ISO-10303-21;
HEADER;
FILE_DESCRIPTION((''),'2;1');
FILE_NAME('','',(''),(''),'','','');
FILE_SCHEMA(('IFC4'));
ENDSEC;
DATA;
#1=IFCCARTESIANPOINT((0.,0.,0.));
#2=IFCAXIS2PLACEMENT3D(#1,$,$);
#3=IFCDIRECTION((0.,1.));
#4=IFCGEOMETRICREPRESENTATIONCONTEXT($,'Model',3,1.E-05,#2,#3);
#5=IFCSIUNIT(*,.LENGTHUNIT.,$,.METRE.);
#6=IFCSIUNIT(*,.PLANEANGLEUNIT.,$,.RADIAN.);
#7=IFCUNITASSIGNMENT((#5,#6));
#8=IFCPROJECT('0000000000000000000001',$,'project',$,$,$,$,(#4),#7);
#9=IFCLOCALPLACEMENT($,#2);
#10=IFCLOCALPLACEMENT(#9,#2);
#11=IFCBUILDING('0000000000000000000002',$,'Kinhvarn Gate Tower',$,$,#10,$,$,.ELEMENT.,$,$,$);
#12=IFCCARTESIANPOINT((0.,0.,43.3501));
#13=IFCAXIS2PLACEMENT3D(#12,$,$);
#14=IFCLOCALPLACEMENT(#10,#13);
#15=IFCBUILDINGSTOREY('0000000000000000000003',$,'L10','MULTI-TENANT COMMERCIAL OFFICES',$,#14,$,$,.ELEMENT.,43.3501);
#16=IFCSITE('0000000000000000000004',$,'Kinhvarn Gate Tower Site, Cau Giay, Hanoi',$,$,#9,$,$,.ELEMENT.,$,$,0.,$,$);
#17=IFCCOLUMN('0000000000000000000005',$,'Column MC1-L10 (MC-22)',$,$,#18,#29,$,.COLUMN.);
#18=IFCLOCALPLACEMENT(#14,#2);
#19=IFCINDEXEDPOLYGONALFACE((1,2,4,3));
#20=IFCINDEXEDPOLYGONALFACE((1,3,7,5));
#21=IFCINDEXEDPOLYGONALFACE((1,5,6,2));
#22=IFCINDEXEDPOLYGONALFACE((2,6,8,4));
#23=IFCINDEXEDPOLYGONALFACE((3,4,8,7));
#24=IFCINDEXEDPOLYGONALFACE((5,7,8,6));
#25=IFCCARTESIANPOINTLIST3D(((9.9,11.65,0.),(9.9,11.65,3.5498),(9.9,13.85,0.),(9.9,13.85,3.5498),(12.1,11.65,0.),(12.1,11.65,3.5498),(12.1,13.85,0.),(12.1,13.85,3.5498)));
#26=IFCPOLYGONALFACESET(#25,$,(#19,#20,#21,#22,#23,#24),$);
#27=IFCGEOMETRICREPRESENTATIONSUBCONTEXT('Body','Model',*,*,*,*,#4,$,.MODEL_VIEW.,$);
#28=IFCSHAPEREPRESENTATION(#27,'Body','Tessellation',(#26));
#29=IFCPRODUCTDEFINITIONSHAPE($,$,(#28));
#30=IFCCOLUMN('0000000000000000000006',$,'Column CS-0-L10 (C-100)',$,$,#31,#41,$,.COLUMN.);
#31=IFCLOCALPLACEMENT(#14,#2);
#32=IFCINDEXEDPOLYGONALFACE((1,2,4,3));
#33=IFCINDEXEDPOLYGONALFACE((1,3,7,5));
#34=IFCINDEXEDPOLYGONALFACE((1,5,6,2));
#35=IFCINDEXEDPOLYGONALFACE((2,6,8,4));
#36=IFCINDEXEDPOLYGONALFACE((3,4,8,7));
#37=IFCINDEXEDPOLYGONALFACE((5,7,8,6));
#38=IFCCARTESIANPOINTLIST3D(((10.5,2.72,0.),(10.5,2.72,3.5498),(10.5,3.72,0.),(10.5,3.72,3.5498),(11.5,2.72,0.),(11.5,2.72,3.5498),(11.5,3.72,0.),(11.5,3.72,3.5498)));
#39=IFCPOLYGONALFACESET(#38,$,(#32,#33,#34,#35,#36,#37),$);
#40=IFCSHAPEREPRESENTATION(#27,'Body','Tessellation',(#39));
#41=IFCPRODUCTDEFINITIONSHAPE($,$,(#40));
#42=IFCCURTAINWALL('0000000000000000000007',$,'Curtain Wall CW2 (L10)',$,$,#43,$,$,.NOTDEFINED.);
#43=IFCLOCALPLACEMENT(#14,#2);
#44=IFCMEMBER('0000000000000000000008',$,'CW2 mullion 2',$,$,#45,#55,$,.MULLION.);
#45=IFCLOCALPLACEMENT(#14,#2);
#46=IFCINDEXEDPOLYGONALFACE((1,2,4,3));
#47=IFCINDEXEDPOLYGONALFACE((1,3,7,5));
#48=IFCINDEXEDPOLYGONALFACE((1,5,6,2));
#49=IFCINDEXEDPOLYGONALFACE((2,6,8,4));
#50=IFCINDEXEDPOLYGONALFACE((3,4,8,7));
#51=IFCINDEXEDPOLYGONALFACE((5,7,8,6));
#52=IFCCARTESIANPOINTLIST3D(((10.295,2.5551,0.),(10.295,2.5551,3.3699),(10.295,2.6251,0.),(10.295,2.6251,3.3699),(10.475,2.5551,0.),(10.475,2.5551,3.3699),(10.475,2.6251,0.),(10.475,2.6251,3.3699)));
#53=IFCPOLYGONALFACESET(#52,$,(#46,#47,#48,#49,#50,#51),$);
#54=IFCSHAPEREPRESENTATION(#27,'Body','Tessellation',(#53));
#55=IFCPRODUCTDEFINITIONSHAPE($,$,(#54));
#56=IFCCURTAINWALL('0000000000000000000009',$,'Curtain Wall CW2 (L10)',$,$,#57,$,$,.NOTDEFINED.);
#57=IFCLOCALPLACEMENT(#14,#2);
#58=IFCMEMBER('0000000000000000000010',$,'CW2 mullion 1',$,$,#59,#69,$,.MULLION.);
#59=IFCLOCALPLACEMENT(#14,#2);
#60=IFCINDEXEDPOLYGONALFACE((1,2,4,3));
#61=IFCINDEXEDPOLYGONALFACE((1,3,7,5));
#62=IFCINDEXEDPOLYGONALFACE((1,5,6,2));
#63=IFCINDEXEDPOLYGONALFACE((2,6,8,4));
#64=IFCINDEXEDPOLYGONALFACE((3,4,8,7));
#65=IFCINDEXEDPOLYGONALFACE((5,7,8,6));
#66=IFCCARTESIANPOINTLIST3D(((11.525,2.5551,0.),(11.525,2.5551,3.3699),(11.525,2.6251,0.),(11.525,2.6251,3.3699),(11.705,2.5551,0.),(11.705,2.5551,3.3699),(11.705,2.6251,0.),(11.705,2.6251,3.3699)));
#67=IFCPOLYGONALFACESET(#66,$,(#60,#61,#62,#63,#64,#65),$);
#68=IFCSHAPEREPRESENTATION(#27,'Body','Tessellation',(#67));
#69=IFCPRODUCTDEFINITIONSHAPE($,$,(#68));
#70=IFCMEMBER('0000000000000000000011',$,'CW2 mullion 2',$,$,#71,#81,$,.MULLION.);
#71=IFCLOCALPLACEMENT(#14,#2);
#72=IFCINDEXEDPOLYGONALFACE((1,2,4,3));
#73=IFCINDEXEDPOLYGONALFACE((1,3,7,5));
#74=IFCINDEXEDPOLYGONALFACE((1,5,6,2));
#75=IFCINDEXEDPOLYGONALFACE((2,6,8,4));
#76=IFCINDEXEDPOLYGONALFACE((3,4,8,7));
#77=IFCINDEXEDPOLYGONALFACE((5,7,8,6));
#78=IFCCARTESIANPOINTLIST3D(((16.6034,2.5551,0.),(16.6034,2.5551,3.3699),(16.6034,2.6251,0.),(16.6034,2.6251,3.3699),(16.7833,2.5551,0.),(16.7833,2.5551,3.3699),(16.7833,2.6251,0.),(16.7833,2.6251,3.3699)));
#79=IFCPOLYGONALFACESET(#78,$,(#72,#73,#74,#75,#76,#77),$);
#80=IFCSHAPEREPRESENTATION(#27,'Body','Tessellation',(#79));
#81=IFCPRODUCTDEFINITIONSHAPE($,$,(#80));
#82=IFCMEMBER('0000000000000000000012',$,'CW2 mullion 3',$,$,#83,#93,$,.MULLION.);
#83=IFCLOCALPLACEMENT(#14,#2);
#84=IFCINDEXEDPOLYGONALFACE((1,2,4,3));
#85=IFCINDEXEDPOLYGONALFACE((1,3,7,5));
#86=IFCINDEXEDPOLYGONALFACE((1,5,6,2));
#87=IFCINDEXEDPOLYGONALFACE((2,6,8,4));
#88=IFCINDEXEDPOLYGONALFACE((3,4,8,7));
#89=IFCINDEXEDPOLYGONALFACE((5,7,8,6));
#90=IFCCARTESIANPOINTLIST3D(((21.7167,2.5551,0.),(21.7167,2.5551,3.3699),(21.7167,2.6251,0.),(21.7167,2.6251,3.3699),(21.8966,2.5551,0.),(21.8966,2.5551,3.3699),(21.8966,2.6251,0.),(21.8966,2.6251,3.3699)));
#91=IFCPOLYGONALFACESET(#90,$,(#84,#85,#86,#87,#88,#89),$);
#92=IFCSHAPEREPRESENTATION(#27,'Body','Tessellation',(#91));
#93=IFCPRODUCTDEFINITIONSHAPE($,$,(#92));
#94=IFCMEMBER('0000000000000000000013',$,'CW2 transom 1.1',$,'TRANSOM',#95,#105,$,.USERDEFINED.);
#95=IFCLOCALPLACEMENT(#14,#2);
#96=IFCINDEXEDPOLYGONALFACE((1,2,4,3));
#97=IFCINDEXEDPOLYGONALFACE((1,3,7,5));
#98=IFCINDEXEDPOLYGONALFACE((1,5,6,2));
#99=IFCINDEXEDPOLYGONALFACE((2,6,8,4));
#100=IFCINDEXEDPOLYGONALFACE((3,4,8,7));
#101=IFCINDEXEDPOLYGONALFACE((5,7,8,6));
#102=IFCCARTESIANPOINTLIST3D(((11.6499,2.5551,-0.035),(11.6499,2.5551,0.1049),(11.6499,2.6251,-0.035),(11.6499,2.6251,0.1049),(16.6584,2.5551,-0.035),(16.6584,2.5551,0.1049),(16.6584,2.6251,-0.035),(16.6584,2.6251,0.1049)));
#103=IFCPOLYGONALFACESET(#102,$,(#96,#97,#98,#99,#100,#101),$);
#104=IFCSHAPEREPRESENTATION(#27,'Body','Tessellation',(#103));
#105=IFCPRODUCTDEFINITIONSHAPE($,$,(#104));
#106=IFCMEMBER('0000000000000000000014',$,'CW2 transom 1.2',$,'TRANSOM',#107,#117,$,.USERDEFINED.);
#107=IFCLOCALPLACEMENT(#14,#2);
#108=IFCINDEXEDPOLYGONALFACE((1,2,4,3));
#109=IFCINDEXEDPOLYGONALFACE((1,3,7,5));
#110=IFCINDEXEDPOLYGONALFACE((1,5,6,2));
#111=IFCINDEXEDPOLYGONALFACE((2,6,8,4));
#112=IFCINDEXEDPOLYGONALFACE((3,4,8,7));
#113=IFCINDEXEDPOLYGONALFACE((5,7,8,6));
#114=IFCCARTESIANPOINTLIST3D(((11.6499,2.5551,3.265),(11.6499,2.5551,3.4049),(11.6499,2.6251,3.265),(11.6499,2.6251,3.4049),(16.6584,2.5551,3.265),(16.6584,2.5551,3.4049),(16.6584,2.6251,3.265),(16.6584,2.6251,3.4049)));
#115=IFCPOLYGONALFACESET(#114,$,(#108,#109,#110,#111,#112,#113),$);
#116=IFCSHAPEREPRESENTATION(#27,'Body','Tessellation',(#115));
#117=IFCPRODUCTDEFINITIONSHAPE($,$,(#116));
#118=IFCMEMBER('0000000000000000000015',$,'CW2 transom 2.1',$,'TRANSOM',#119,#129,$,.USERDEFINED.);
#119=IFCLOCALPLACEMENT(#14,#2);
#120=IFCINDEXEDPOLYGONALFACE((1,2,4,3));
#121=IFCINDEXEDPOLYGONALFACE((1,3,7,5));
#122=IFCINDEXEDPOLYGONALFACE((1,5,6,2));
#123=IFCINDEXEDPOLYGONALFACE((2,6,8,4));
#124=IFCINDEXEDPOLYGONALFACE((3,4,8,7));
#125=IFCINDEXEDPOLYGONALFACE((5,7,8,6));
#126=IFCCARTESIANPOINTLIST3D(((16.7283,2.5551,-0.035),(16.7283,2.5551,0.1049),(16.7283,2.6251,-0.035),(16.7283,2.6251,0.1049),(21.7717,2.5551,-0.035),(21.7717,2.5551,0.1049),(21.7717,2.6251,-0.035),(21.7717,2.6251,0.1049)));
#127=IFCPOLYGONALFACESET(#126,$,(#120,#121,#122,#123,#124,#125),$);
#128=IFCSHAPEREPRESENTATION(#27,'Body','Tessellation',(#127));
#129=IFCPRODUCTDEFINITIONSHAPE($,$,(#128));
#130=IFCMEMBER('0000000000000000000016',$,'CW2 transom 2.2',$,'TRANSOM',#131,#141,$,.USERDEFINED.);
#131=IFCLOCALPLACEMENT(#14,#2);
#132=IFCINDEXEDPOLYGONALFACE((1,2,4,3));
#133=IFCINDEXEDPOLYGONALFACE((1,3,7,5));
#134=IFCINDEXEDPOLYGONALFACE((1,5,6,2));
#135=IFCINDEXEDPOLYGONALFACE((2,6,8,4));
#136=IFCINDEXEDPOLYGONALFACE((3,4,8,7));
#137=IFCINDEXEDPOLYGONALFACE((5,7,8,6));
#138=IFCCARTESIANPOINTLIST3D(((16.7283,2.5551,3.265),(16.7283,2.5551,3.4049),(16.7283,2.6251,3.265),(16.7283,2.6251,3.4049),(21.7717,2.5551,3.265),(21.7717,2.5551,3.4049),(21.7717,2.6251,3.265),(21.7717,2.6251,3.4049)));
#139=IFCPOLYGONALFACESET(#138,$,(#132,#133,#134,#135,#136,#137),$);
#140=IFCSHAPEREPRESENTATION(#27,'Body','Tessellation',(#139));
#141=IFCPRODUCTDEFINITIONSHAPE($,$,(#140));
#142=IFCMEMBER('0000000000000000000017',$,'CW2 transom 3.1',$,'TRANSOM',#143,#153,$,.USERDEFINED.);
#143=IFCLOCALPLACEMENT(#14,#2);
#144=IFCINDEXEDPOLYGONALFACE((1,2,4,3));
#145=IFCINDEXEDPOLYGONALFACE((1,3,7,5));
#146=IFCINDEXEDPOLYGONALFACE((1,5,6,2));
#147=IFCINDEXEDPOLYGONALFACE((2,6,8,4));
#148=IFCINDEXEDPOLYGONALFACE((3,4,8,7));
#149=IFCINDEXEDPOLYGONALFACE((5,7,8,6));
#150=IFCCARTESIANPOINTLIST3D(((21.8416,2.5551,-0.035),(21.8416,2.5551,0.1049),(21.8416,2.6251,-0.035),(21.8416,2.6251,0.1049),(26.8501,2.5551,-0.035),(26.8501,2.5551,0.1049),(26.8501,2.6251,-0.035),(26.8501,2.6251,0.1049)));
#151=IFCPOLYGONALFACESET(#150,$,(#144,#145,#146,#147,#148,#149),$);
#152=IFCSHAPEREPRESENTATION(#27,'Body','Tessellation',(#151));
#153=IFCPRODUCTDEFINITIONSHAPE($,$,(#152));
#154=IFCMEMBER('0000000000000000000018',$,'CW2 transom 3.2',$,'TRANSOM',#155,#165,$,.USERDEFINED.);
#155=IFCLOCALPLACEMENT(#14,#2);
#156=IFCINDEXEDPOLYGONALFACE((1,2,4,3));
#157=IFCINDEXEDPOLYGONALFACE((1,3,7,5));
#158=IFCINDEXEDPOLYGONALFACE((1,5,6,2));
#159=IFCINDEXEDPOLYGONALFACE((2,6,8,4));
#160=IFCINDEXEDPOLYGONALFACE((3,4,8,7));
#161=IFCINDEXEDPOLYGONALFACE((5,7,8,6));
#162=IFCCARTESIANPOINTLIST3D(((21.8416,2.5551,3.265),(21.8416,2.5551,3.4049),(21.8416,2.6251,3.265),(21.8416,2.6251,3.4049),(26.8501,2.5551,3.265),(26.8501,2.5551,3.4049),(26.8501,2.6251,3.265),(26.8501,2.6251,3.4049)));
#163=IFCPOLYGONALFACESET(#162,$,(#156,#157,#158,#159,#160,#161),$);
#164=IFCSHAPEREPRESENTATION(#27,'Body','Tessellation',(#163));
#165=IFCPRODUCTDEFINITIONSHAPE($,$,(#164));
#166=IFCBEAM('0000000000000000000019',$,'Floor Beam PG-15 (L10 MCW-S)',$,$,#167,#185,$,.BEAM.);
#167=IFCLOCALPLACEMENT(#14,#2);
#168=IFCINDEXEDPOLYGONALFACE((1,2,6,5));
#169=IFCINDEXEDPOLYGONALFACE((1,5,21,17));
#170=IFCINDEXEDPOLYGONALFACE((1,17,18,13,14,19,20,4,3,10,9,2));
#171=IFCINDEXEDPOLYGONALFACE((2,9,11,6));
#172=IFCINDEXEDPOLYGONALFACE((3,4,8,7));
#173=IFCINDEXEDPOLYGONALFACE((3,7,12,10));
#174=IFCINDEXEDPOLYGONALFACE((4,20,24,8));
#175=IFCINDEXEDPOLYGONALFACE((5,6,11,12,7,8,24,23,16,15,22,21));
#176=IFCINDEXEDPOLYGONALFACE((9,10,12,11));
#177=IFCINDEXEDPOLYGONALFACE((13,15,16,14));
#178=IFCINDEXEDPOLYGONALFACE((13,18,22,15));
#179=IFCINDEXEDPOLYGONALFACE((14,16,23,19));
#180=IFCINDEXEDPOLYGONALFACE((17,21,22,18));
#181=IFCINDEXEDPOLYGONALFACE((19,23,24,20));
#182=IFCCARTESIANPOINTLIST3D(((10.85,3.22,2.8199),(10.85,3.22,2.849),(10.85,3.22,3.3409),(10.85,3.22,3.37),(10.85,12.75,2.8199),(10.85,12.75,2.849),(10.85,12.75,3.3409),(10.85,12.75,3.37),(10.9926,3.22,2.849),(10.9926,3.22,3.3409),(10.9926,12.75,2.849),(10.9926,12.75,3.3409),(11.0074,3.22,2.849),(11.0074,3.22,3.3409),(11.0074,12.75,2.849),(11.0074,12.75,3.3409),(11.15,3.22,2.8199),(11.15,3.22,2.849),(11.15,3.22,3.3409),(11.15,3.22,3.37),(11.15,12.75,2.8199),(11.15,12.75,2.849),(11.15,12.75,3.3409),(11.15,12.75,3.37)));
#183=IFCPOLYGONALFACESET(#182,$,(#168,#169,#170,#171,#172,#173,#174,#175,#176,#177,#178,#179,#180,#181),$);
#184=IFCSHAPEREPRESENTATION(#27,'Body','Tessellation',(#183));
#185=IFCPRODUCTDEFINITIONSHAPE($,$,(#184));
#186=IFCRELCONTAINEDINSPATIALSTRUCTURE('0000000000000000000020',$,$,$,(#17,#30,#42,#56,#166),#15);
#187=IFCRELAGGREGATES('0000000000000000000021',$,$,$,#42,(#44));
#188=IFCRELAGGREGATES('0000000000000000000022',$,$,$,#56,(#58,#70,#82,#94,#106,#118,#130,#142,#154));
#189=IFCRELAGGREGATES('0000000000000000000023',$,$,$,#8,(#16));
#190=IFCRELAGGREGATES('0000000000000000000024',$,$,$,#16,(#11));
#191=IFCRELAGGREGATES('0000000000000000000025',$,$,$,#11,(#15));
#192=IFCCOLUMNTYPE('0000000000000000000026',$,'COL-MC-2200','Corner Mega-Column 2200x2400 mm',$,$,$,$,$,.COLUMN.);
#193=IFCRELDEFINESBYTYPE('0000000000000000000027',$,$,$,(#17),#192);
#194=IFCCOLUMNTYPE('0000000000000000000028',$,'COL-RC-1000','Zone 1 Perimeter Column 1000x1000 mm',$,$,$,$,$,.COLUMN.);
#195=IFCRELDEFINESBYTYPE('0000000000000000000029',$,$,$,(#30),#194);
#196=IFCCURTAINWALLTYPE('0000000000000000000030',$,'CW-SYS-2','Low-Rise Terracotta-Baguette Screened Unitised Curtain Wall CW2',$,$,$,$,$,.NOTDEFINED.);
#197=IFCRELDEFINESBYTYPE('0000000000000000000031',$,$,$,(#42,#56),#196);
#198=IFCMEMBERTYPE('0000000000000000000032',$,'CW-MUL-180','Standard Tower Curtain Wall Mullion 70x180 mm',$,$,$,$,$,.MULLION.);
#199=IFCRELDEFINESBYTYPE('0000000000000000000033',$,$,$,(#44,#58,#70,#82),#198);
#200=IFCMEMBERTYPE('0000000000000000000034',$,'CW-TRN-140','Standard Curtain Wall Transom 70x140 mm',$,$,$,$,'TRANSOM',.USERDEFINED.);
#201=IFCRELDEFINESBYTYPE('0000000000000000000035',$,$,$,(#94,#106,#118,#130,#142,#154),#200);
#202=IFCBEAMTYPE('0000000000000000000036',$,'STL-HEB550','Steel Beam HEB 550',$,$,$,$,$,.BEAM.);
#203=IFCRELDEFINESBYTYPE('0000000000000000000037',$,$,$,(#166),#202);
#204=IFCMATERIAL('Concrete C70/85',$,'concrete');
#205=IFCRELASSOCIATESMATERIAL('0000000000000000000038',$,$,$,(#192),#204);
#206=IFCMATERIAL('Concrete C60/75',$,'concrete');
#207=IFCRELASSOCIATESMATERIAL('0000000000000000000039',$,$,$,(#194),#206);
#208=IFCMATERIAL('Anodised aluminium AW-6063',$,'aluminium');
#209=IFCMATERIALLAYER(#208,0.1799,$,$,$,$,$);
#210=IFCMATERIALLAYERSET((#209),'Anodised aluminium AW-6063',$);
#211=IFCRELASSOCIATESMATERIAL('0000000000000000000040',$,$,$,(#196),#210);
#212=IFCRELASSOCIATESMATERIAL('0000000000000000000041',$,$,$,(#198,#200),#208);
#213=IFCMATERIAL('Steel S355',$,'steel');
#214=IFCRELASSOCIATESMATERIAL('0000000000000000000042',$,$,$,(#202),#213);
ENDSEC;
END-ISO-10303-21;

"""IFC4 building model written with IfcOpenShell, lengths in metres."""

from ifc_helpers import new_model, si_unit, direction, frame, origin, origin_2d, place, context, subcontext, project, spatial, rectangle, i_section, extrude, material, layer, layer_set, material_profile, profile_set, type_object, element, aggregate, save


model = new_model("IFC4")

# Units and contexts
model_context = context("Model", 3, precision=1e-05, world=origin(), true_north=direction((0.0, 1.0)))
body_context = subcontext(model_context, "Body", "Model", "MODEL_VIEW")
ifc_project = project(units=[si_unit("LENGTHUNIT", "METRE"), si_unit("PLANEANGLEUNIT", "RADIAN")], contexts=[model_context])

# Site, building, storey
site_placement = place(None, origin())
site = spatial("IfcSite", under=ifc_project, at=site_placement, Name="Kinhvarn Gate Tower Site, Cau Giay, Hanoi", CompositionType="ELEMENT", RefElevation=0.0)
building_placement = place(site_placement, origin())
building = spatial("IfcBuilding", under=site, at=building_placement, Name="Kinhvarn Gate Tower", CompositionType="ELEMENT")
storey_placement = place(building_placement, frame((0.0, 0.0, 43.3501)))
storey = spatial("IfcBuildingStorey", under=building, at=storey_placement, Name="L10", Description="MULTI-TENANT COMMERCIAL OFFICES", CompositionType="ELEMENT", Elevation=43.3501)

# Columns
ifc_material_1 = material(Name="Concrete C70/85", Category="concrete")
ifc_material_profile_1 = material_profile(ifc_material_1, rectangle(XDim=2.2, YDim=2.2, at=origin_2d()), Name="RC 2200x2200")
ifc_profile_set_1 = profile_set([ifc_material_profile_1], Name="Concrete C70/85")
column_type_1 = type_object("IfcColumnType", Name="COL-MC-2200", Description="Corner Mega-Column 2200x2400 mm", PredefinedType="COLUMN", material=ifc_profile_set_1)
column_1_placement = place(storey_placement, frame((11.0, 12.75, 0.0), z_axis=(0.0, 0.0, 1.0), x_axis=(1.0, 0.0, 0.0)))
element("IfcColumn", 1, at=column_1_placement, inside=storey, type_object=column_type_1, Name="Column MC1-L10 (MC-22)", PredefinedType="COLUMN", context=body_context, shape_type="SweptSolid", body=[
    extrude(rectangle(XDim=2.2, YDim=2.2, at=origin_2d()), origin(), (0.0, 0.0, 1.0), 3.5498),
])
ifc_material_2 = material(Name="Concrete C60/75", Category="concrete")
ifc_material_profile_2 = material_profile(ifc_material_2, rectangle(XDim=1.0, YDim=1.0, at=origin_2d()), Name="RC 1000x1000")
ifc_profile_set_2 = profile_set([ifc_material_profile_2], Name="Concrete C60/75")
column_type_2 = type_object("IfcColumnType", Name="COL-RC-1000", Description="Zone 1 Perimeter Column 1000x1000 mm", PredefinedType="COLUMN", material=ifc_profile_set_2)
column_2_placement = place(storey_placement, frame((11.0, 3.22, 0.0), z_axis=(0.0, 0.0, 1.0), x_axis=(1.0, 0.0, 0.0)))
element("IfcColumn", 2, at=column_2_placement, inside=storey, type_object=column_type_2, Name="Column CS-0-L10 (C-100)", PredefinedType="COLUMN", context=body_context, shape_type="SweptSolid", body=[
    extrude(rectangle(XDim=1.0, YDim=1.0, at=origin_2d()), origin(), (0.0, 0.0, 1.0), 3.5498),
])

# Curtain wall, member
ifc_material_3 = material(Name="Anodised aluminium AW-6063", Category="aluminium")
ifc_layer_1 = layer(ifc_material_3, 0.1799)
ifc_layer_set_1 = layer_set([ifc_layer_1], Name="Anodised aluminium AW-6063")
curtain_wall_type = type_object("IfcCurtainWallType", Name="CW-SYS-2", Description="Low-Rise Terracotta-Baguette Screened Unitised Curtain Wall CW2", PredefinedType="NOTDEFINED", material=ifc_layer_set_1)
curtain_wall_1_placement = place(storey_placement, origin())
curtain_wall_1 = element("IfcCurtainWall", 3, at=curtain_wall_1_placement, inside=storey, type_object=curtain_wall_type, Name="Curtain Wall CW2 (L10)", PredefinedType="NOTDEFINED")
ifc_material_profile_3 = material_profile(ifc_material_3, rectangle(XDim=0.0701, YDim=0.1799, at=origin_2d()), Name="ALU 70x180")
ifc_profile_set_3 = profile_set([ifc_material_profile_3], Name="Anodised aluminium AW-6063")
member_type_1 = type_object("IfcMemberType", Name="CW-MUL-180", Description="Standard Tower Curtain Wall Mullion 70x180 mm", PredefinedType="MULLION", material=ifc_profile_set_3)
member_1_placement = place(storey_placement, frame((10.385, 2.5901, 0.0), z_axis=(0.0, 0.0, 1.0), x_axis=(0.0, 1.0, 0.0)))
member_1 = element("IfcMember", 4, at=member_1_placement, type_object=member_type_1, Name="CW2 mullion 2", PredefinedType="MULLION", context=body_context, shape_type="SweptSolid", body=[
    extrude(rectangle(XDim=0.0701, YDim=0.1799, at=origin_2d()), origin(), (0.0, 0.0, 1.0), 3.3699),
])
aggregate(curtain_wall_1, [member_1])

# Curtain wall, members
curtain_wall_2_placement = place(storey_placement, origin())
curtain_wall_2 = element("IfcCurtainWall", 5, at=curtain_wall_2_placement, inside=storey, type_object=curtain_wall_type, Name="Curtain Wall CW2 (L10)", PredefinedType="NOTDEFINED")
member_2_placement = place(storey_placement, frame((11.615, 2.5901, 0.0), z_axis=(0.0, 0.0, 1.0), x_axis=(0.0, 1.0, 0.0)))
member_2 = element("IfcMember", 6, at=member_2_placement, type_object=member_type_1, Name="CW2 mullion 1", PredefinedType="MULLION", context=body_context, shape_type="SweptSolid", body=[
    extrude(rectangle(XDim=0.0701, YDim=0.1799, at=origin_2d()), origin(), (0.0, 0.0, 1.0), 3.3699),
])
member_3_placement = place(storey_placement, frame((16.6934, 2.5901, 0.0), z_axis=(0.0, 0.0, 1.0), x_axis=(0.0, 1.0, 0.0)))
member_3 = element("IfcMember", 7, at=member_3_placement, type_object=member_type_1, Name="CW2 mullion 2", PredefinedType="MULLION", context=body_context, shape_type="SweptSolid", body=[
    extrude(rectangle(XDim=0.0701, YDim=0.1799, at=origin_2d()), origin(), (0.0, 0.0, 1.0), 3.3699),
])
member_4_placement = place(storey_placement, frame((21.8066, 2.5901, 0.0), z_axis=(0.0, 0.0, 1.0), x_axis=(0.0, 1.0, 0.0)))
member_4 = element("IfcMember", 8, at=member_4_placement, type_object=member_type_1, Name="CW2 mullion 3", PredefinedType="MULLION", context=body_context, shape_type="SweptSolid", body=[
    extrude(rectangle(XDim=0.0701, YDim=0.1799, at=origin_2d()), origin(), (0.0, 0.0, 1.0), 3.3699),
])
ifc_material_profile_4 = material_profile(ifc_material_3, rectangle(XDim=0.0701, YDim=0.1399, at=origin_2d()), Name="ALU 70x140")
ifc_profile_set_4 = profile_set([ifc_material_profile_4], Name="Anodised aluminium AW-6063")
member_type_2 = type_object("IfcMemberType", Name="CW-TRN-140", Description="Standard Curtain Wall Transom 70x140 mm", ElementType="TRANSOM", PredefinedType="USERDEFINED", material=ifc_profile_set_4)
member_5_placement = place(storey_placement, frame((11.6499, 2.5901, 0.0349), z_axis=(1.0, 0.0, 0.0), x_axis=(0.0, 1.0, 0.0)))
member_5 = element("IfcMember", 9, at=member_5_placement, type_object=member_type_2, Name="CW2 transom 1.1", ObjectType="TRANSOM", PredefinedType="USERDEFINED", context=body_context, shape_type="SweptSolid", body=[
    extrude(rectangle(XDim=0.0701, YDim=0.1399, at=origin_2d()), origin(), (0.0, 0.0, 1.0), 5.0085),
])
member_6_placement = place(storey_placement, frame((11.6499, 2.5901, 3.335), z_axis=(1.0, 0.0, 0.0), x_axis=(0.0, 1.0, 0.0)))
member_6 = element("IfcMember", 10, at=member_6_placement, type_object=member_type_2, Name="CW2 transom 1.2", ObjectType="TRANSOM", PredefinedType="USERDEFINED", context=body_context, shape_type="SweptSolid", body=[
    extrude(rectangle(XDim=0.0701, YDim=0.1399, at=origin_2d()), origin(), (0.0, 0.0, 1.0), 5.0085),
])
member_7_placement = place(storey_placement, frame((16.7283, 2.5901, 0.0349), z_axis=(1.0, 0.0, 0.0), x_axis=(0.0, 1.0, 0.0)))
member_7 = element("IfcMember", 11, at=member_7_placement, type_object=member_type_2, Name="CW2 transom 2.1", ObjectType="TRANSOM", PredefinedType="USERDEFINED", context=body_context, shape_type="SweptSolid", body=[
    extrude(rectangle(XDim=0.0701, YDim=0.1399, at=origin_2d()), origin(), (0.0, 0.0, 1.0), 5.0435),
])
member_8_placement = place(storey_placement, frame((16.7283, 2.5901, 3.335), z_axis=(1.0, 0.0, 0.0), x_axis=(0.0, 1.0, 0.0)))
member_8 = element("IfcMember", 12, at=member_8_placement, type_object=member_type_2, Name="CW2 transom 2.2", ObjectType="TRANSOM", PredefinedType="USERDEFINED", context=body_context, shape_type="SweptSolid", body=[
    extrude(rectangle(XDim=0.0701, YDim=0.1399, at=origin_2d()), origin(), (0.0, 0.0, 1.0), 5.0435),
])
member_9_placement = place(storey_placement, frame((21.8416, 2.5901, 0.0349), z_axis=(1.0, 0.0, 0.0), x_axis=(0.0, 1.0, 0.0)))
member_9 = element("IfcMember", 13, at=member_9_placement, type_object=member_type_2, Name="CW2 transom 3.1", ObjectType="TRANSOM", PredefinedType="USERDEFINED", context=body_context, shape_type="SweptSolid", body=[
    extrude(rectangle(XDim=0.0701, YDim=0.1399, at=origin_2d()), origin(), (0.0, 0.0, 1.0), 5.0085),
])
member_10_placement = place(storey_placement, frame((21.8416, 2.5901, 3.335), z_axis=(1.0, 0.0, 0.0), x_axis=(0.0, 1.0, 0.0)))
member_10 = element("IfcMember", 14, at=member_10_placement, type_object=member_type_2, Name="CW2 transom 3.2", ObjectType="TRANSOM", PredefinedType="USERDEFINED", context=body_context, shape_type="SweptSolid", body=[
    extrude(rectangle(XDim=0.0701, YDim=0.1399, at=origin_2d()), origin(), (0.0, 0.0, 1.0), 5.0085),
])

# Beam
ifc_material_4 = material(Name="Steel S355", Category="steel")
ifc_material_profile_5 = material_profile(ifc_material_4, i_section(OverallWidth=0.3, OverallDepth=0.55, WebThickness=0.0149, FlangeThickness=0.0291, at=origin_2d()), Name="HEB 550")
ifc_profile_set_5 = profile_set([ifc_material_profile_5], Name="Steel S355")
beam_type_1 = type_object("IfcBeamType", Name="STL-HEB550", Description="Steel Beam HEB 550", PredefinedType="BEAM", material=ifc_profile_set_5)
beam_1_placement = place(storey_placement, frame((11.0, 3.22, 3.095), z_axis=(0.0, 1.0, 0.0), x_axis=(-1.0, 0.0, 0.0)))
element("IfcBeam", 15, at=beam_1_placement, inside=storey, type_object=beam_type_1, Name="Floor Beam PG-15 (L10 MCW-S)", PredefinedType="BEAM", context=body_context, shape_type="SweptSolid", body=[
    extrude(i_section(OverallWidth=0.3, OverallDepth=0.55, WebThickness=0.0149, FlangeThickness=0.0291, at=origin_2d()), origin(), (0.0, 0.0, 1.0), 9.53),
])

aggregate(curtain_wall_2, [member_2, member_3, member_4, member_5, member_6, member_7, member_8, member_9, member_10])

save(model, "model.ifc")
